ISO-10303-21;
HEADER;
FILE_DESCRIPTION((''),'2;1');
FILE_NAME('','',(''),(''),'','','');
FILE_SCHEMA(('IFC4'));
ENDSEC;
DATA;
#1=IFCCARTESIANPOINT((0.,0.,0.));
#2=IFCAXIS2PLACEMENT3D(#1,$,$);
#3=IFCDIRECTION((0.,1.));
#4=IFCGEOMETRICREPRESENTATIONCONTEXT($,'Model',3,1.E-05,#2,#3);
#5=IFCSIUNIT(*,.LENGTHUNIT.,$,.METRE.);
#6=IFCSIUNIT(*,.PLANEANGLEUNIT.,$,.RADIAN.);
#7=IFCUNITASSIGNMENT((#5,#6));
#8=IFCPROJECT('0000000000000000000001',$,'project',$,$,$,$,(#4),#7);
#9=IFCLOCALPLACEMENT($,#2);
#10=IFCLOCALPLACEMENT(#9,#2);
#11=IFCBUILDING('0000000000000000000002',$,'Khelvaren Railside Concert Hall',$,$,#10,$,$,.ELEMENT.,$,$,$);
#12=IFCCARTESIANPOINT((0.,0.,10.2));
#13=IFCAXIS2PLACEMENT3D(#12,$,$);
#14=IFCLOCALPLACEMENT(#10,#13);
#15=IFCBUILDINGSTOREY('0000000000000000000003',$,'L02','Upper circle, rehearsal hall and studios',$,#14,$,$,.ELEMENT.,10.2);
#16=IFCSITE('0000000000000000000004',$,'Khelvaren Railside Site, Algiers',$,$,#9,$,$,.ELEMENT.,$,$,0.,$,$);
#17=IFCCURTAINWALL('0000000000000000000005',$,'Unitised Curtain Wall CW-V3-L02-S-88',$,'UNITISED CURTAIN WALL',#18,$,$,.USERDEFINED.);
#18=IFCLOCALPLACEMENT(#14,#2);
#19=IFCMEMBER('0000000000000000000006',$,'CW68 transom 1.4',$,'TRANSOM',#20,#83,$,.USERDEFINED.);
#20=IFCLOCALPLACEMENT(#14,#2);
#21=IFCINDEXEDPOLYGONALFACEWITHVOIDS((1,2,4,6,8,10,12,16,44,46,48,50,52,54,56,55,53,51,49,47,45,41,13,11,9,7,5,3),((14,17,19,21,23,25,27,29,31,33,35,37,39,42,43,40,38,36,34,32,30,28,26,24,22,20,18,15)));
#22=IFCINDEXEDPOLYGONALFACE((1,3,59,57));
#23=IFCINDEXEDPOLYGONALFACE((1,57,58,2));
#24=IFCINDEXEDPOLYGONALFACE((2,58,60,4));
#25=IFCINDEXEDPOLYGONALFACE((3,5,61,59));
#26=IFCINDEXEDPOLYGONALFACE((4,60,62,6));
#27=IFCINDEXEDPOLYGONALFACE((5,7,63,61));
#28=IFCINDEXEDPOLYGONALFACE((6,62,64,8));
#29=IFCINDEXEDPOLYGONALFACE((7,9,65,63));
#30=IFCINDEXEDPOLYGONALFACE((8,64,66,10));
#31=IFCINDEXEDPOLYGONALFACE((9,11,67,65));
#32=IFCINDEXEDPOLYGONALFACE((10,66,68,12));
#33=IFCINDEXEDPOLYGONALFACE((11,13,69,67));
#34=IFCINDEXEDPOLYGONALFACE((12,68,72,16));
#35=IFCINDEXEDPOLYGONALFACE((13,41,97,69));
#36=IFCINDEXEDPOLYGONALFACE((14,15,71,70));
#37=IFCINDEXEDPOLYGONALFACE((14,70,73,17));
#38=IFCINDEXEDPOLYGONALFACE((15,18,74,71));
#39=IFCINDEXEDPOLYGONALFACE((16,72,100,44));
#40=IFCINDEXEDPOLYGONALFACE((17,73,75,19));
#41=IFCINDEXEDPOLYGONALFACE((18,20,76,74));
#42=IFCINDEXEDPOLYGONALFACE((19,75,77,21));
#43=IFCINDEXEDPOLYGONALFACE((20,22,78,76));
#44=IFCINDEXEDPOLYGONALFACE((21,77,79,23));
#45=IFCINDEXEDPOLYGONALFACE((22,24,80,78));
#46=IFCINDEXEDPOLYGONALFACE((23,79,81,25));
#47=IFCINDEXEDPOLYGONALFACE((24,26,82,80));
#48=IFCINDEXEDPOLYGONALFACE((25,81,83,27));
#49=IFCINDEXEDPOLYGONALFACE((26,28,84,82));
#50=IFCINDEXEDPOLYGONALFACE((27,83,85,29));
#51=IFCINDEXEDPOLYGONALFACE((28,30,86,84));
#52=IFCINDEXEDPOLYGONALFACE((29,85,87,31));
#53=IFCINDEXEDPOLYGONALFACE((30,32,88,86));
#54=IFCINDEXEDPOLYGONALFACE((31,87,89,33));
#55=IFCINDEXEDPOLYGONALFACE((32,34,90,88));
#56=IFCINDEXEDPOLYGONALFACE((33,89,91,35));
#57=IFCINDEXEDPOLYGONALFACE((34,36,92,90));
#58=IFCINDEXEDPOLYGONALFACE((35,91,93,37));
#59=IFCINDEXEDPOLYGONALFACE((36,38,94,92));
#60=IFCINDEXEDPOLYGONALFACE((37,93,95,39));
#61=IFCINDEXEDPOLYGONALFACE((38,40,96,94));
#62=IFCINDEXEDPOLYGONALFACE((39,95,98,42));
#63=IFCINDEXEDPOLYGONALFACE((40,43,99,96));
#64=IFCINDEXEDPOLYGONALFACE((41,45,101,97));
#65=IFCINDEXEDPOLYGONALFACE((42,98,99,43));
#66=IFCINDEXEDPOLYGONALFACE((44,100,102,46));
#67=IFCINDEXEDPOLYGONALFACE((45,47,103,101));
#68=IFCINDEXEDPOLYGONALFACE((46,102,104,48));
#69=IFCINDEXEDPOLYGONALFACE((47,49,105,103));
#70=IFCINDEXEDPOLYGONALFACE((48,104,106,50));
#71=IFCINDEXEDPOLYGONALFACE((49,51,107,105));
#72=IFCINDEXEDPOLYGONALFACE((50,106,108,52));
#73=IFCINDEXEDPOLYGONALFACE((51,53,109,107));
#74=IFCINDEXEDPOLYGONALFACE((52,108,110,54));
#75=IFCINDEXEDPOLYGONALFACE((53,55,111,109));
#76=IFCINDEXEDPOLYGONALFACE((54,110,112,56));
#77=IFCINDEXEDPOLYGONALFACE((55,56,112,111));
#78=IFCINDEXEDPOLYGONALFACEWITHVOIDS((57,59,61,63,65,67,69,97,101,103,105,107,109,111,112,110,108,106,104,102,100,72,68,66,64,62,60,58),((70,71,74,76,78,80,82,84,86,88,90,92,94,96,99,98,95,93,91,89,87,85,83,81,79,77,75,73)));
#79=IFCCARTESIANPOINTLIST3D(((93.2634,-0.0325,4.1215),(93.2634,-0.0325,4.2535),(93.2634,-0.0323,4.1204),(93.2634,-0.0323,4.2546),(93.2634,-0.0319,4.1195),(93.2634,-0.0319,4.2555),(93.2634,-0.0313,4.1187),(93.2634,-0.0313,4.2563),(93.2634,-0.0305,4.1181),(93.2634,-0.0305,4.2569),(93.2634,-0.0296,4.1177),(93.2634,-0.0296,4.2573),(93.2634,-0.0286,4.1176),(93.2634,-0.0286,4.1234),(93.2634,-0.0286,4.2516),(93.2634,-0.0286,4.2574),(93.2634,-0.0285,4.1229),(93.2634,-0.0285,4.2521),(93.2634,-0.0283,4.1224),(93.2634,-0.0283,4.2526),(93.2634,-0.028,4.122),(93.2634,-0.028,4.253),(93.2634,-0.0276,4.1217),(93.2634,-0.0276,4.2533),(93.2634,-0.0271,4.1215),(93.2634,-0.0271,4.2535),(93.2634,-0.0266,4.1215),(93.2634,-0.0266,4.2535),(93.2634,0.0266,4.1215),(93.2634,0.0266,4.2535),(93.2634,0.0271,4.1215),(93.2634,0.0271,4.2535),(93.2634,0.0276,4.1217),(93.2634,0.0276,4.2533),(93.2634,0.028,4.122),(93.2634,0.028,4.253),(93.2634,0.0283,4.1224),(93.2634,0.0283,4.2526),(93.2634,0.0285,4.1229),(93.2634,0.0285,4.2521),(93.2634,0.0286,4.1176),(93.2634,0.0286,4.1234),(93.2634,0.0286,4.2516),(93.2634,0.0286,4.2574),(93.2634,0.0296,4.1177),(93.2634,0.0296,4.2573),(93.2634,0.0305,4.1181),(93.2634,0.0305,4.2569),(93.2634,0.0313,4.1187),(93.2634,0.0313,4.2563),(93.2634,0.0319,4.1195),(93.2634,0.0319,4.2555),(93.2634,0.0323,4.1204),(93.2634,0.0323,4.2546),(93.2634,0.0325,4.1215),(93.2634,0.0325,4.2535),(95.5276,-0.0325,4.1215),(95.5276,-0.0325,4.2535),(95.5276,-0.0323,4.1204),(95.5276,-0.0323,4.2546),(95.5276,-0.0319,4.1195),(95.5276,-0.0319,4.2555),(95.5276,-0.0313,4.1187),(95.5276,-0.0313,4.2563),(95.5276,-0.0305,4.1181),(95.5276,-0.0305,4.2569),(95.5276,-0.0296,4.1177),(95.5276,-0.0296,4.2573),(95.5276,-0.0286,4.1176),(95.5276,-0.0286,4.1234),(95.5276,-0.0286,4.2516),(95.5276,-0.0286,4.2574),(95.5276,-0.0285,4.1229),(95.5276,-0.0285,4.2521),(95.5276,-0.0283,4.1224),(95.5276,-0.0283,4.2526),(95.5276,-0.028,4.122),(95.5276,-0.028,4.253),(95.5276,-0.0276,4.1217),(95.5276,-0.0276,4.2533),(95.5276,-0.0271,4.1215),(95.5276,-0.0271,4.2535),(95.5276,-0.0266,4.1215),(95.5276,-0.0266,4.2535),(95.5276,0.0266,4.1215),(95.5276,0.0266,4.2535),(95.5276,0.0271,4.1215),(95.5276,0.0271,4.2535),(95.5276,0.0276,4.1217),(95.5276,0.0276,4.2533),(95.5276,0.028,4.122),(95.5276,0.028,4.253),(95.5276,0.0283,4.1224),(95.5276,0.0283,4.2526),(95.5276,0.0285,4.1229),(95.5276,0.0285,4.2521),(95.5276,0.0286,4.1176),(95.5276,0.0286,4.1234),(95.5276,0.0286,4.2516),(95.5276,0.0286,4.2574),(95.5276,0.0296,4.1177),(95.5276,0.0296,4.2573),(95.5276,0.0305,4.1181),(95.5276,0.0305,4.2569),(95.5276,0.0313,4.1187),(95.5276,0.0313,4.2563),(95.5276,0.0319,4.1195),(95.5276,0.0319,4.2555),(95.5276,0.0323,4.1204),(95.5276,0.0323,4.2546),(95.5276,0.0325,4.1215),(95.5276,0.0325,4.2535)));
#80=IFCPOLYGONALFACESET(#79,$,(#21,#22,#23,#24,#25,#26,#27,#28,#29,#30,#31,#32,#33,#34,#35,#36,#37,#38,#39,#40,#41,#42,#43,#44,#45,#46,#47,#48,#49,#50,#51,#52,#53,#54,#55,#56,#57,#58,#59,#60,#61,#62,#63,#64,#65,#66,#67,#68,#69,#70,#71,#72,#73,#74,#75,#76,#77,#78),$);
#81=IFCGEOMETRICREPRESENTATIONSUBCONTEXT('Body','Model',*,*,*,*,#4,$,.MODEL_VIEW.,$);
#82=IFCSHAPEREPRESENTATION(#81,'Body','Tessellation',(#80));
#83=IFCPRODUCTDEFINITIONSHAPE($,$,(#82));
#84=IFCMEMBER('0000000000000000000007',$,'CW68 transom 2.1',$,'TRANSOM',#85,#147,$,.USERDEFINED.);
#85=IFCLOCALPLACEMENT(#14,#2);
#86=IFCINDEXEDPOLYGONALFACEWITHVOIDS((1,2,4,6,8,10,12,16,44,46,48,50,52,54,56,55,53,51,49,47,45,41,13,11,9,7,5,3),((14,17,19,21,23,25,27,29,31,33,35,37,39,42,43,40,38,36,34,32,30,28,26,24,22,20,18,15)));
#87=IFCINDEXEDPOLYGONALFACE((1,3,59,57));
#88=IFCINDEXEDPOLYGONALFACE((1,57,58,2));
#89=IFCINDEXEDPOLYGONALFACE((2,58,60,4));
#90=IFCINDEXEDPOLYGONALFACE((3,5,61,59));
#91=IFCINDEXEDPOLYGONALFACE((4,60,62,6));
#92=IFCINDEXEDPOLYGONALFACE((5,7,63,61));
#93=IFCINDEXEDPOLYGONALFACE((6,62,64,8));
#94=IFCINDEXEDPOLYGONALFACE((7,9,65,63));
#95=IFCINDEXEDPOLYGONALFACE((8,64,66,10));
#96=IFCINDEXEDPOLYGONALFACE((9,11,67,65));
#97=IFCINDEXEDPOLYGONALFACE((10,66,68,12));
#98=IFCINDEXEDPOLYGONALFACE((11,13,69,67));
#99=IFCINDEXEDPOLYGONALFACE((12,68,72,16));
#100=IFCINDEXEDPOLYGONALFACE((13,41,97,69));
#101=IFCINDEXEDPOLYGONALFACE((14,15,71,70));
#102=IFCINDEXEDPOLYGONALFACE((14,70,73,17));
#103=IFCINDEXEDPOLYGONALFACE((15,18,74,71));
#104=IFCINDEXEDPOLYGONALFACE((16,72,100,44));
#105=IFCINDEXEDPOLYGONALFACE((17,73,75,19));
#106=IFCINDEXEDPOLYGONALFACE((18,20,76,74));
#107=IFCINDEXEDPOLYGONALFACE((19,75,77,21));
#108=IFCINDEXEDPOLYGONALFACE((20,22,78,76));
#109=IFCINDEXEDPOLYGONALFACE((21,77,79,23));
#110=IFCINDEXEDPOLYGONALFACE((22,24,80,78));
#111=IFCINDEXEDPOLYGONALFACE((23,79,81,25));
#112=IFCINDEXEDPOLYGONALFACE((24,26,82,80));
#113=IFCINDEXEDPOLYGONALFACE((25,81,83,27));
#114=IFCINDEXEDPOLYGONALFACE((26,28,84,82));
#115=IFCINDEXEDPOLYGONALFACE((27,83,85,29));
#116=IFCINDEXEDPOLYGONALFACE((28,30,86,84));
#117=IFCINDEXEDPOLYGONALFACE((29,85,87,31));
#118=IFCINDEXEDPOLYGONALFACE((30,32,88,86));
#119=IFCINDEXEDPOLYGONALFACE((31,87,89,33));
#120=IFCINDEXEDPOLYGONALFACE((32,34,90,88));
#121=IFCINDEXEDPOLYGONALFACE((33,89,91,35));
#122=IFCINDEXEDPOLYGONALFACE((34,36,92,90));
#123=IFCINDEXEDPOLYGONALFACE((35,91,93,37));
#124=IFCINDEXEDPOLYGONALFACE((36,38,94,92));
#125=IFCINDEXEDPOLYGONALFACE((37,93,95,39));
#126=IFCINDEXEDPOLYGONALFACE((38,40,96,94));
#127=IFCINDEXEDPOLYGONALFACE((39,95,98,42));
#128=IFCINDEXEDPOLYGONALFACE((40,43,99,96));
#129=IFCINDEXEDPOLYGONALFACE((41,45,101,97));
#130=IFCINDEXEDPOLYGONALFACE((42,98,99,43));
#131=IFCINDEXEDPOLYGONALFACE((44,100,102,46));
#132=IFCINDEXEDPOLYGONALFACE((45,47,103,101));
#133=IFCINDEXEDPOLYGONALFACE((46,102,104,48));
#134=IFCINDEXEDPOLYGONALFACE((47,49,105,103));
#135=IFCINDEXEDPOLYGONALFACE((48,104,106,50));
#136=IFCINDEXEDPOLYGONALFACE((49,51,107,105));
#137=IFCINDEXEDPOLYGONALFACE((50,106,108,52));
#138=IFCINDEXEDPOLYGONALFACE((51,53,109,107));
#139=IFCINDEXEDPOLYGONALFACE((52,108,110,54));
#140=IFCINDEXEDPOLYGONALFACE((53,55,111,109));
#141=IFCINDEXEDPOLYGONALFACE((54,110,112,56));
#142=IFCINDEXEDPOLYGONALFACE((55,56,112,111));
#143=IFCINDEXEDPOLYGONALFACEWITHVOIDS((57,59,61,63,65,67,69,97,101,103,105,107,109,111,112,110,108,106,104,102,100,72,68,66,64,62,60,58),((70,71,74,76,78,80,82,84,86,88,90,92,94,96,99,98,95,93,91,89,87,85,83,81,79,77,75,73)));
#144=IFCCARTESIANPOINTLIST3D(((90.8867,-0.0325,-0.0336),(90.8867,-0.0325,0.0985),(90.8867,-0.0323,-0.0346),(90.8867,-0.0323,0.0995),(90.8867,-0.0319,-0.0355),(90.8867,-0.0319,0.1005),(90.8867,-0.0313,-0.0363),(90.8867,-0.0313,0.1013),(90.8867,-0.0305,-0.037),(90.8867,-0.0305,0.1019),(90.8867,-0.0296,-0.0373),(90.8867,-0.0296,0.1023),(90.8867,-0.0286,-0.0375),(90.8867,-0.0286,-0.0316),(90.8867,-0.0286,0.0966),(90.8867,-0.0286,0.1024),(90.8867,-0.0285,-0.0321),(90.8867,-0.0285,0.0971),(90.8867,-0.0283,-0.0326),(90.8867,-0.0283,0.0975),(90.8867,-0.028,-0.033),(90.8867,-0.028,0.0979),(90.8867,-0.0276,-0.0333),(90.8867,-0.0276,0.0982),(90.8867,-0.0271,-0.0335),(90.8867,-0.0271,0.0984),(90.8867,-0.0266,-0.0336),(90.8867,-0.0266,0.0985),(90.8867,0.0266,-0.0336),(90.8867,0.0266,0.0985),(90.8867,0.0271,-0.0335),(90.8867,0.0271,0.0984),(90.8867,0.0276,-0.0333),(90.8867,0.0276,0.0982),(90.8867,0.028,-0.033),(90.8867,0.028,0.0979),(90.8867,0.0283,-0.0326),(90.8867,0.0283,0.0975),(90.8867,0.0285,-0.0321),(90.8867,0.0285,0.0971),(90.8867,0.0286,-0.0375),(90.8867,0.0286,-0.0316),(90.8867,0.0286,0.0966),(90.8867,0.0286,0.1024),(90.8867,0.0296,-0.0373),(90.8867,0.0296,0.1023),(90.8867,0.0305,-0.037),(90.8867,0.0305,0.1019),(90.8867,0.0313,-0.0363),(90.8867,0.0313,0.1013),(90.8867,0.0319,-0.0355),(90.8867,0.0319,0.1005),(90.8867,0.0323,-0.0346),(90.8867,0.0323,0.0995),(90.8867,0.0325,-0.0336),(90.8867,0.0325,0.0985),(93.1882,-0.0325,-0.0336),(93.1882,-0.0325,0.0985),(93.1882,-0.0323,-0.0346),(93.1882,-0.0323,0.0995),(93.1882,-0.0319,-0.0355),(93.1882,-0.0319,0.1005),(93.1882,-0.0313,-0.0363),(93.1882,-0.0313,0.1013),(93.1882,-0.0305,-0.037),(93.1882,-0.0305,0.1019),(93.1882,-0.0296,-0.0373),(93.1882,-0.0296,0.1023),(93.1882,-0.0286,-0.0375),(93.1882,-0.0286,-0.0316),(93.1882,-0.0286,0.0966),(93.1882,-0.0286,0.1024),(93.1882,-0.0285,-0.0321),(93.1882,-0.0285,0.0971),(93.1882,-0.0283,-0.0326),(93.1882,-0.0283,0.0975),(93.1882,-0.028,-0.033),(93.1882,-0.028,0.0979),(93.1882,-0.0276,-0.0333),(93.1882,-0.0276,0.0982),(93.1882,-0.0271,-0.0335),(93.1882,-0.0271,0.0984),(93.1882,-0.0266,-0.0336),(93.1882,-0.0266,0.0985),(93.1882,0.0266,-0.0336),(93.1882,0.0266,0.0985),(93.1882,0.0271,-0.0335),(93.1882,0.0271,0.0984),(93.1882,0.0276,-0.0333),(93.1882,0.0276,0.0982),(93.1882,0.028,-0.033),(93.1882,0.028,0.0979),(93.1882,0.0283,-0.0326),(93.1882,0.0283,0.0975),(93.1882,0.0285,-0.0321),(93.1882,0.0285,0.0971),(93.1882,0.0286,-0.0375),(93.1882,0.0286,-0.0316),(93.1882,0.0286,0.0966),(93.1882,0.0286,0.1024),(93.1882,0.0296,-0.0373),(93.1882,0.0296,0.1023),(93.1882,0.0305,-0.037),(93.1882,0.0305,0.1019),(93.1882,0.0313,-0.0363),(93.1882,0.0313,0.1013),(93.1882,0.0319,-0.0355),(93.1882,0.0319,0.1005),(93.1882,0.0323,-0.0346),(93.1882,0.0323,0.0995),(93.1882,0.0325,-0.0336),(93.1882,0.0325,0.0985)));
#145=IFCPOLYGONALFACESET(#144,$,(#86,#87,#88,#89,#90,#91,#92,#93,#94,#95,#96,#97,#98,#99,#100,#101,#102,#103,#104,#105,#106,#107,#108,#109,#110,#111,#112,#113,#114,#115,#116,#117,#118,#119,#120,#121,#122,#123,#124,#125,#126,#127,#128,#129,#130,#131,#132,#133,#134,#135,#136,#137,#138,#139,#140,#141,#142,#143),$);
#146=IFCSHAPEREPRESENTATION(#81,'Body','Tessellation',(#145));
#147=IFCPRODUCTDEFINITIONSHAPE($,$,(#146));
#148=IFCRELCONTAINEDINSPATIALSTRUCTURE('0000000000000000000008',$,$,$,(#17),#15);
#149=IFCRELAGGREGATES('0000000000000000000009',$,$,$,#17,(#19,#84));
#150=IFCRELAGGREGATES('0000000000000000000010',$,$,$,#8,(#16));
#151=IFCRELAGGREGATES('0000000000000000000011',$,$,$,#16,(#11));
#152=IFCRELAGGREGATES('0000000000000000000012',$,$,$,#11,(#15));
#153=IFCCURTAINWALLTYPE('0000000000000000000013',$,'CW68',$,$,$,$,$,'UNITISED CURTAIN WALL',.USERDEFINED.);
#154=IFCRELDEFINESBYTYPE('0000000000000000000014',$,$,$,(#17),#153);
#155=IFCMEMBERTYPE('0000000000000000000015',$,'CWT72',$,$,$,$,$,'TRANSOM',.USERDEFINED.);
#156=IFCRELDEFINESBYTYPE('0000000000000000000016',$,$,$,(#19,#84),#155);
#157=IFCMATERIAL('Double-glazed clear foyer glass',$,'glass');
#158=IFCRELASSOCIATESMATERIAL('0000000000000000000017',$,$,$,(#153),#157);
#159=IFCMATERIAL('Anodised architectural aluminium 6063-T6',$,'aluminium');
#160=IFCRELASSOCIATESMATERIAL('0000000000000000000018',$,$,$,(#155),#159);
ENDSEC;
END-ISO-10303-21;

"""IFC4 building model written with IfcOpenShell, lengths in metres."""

from ifc_helpers import new_model, si_unit, direction, frame, origin, origin_2d, place, context, subcontext, project, spatial, hollow_rectangle, extrude, material, material_profile, profile_set, type_object, element, aggregate, save


model = new_model("IFC4")

# Units and contexts
model_context = context("Model", 3, precision=1e-05, world=origin(), true_north=direction((0.0, 1.0)))
body_context = subcontext(model_context, "Body", "Model", "MODEL_VIEW")
ifc_project = project(units=[si_unit("LENGTHUNIT", "METRE"), si_unit("PLANEANGLEUNIT", "RADIAN")], contexts=[model_context])

# Site, building, storey
site_placement = place(None, origin())
site = spatial("IfcSite", under=ifc_project, at=site_placement, Name="Khelvaren Railside Site, Algiers", CompositionType="ELEMENT", RefElevation=0.0)
building_placement = place(site_placement, origin())
building = spatial("IfcBuilding", under=site, at=building_placement, Name="Khelvaren Railside Concert Hall", CompositionType="ELEMENT")
storey_placement = place(building_placement, frame((0.0, 0.0, 10.2)))
storey = spatial("IfcBuildingStorey", under=building, at=storey_placement, Name="L02", Description="Upper circle, rehearsal hall and studios", CompositionType="ELEMENT", Elevation=10.2)

# Curtain wall, members
ifc_material_1 = material(Name="Double-glazed clear foyer glass", Category="glass")
curtain_wall_type = type_object("IfcCurtainWallType", Name="CW68", ElementType="UNITISED CURTAIN WALL", PredefinedType="USERDEFINED", material=ifc_material_1)
curtain_wall_placement = place(storey_placement, origin())
curtain_wall = element("IfcCurtainWall", 1, at=curtain_wall_placement, inside=storey, type_object=curtain_wall_type, Name="Unitised Curtain Wall CW-V3-L02-S-88", ObjectType="UNITISED CURTAIN WALL", PredefinedType="USERDEFINED")
ifc_material_2 = material(Name="Anodised architectural aluminium 6063-T6", Category="aluminium")
ifc_material_profile_1 = material_profile(ifc_material_2, hollow_rectangle(XDim=0.0649, YDim=0.1399, WallThickness=0.0039, InnerFilletRadius=0.002, OuterFilletRadius=0.0039, at=origin_2d()), Name="CWT 65x140x4")
ifc_profile_set_1 = profile_set([ifc_material_profile_1], Name="Anodised architectural aluminium 6063-T6")
member_type_1 = type_object("IfcMemberType", Name="CWT72", ElementType="TRANSOM", PredefinedType="USERDEFINED", material=ifc_profile_set_1)
member_1_placement = place(storey_placement, frame((95.5276, 0.0, 4.1875), z_axis=(-1.0, 0.0, 0.0), x_axis=(0.0, -1.0, 0.0)))
member_1 = element("IfcMember", 2, at=member_1_placement, type_object=member_type_1, Name="CW68 transom 1.4", ObjectType="TRANSOM", PredefinedType="USERDEFINED", context=body_context, shape_type="SweptSolid", body=[
    extrude(hollow_rectangle(XDim=0.0649, YDim=0.1399, WallThickness=0.0039, InnerFilletRadius=0.002, OuterFilletRadius=0.0039, at=origin_2d()), origin(), (0.0, 0.0, 1.0), 2.2642),
])
member_2_placement = place(storey_placement, frame((93.1882, 0.0, 0.0325), z_axis=(-1.0, 0.0, 0.0), x_axis=(0.0, -1.0, 0.0)))
member_2 = element("IfcMember", 3, at=member_2_placement, type_object=member_type_1, Name="CW68 transom 2.1", ObjectType="TRANSOM", PredefinedType="USERDEFINED", context=body_context, shape_type="SweptSolid", body=[
    extrude(hollow_rectangle(XDim=0.0649, YDim=0.1399, WallThickness=0.0039, InnerFilletRadius=0.002, OuterFilletRadius=0.0039, at=origin_2d()), origin(), (0.0, 0.0, 1.0), 2.3015),
])
aggregate(curtain_wall, [member_1, member_2])

save(model, "model.ifc")
